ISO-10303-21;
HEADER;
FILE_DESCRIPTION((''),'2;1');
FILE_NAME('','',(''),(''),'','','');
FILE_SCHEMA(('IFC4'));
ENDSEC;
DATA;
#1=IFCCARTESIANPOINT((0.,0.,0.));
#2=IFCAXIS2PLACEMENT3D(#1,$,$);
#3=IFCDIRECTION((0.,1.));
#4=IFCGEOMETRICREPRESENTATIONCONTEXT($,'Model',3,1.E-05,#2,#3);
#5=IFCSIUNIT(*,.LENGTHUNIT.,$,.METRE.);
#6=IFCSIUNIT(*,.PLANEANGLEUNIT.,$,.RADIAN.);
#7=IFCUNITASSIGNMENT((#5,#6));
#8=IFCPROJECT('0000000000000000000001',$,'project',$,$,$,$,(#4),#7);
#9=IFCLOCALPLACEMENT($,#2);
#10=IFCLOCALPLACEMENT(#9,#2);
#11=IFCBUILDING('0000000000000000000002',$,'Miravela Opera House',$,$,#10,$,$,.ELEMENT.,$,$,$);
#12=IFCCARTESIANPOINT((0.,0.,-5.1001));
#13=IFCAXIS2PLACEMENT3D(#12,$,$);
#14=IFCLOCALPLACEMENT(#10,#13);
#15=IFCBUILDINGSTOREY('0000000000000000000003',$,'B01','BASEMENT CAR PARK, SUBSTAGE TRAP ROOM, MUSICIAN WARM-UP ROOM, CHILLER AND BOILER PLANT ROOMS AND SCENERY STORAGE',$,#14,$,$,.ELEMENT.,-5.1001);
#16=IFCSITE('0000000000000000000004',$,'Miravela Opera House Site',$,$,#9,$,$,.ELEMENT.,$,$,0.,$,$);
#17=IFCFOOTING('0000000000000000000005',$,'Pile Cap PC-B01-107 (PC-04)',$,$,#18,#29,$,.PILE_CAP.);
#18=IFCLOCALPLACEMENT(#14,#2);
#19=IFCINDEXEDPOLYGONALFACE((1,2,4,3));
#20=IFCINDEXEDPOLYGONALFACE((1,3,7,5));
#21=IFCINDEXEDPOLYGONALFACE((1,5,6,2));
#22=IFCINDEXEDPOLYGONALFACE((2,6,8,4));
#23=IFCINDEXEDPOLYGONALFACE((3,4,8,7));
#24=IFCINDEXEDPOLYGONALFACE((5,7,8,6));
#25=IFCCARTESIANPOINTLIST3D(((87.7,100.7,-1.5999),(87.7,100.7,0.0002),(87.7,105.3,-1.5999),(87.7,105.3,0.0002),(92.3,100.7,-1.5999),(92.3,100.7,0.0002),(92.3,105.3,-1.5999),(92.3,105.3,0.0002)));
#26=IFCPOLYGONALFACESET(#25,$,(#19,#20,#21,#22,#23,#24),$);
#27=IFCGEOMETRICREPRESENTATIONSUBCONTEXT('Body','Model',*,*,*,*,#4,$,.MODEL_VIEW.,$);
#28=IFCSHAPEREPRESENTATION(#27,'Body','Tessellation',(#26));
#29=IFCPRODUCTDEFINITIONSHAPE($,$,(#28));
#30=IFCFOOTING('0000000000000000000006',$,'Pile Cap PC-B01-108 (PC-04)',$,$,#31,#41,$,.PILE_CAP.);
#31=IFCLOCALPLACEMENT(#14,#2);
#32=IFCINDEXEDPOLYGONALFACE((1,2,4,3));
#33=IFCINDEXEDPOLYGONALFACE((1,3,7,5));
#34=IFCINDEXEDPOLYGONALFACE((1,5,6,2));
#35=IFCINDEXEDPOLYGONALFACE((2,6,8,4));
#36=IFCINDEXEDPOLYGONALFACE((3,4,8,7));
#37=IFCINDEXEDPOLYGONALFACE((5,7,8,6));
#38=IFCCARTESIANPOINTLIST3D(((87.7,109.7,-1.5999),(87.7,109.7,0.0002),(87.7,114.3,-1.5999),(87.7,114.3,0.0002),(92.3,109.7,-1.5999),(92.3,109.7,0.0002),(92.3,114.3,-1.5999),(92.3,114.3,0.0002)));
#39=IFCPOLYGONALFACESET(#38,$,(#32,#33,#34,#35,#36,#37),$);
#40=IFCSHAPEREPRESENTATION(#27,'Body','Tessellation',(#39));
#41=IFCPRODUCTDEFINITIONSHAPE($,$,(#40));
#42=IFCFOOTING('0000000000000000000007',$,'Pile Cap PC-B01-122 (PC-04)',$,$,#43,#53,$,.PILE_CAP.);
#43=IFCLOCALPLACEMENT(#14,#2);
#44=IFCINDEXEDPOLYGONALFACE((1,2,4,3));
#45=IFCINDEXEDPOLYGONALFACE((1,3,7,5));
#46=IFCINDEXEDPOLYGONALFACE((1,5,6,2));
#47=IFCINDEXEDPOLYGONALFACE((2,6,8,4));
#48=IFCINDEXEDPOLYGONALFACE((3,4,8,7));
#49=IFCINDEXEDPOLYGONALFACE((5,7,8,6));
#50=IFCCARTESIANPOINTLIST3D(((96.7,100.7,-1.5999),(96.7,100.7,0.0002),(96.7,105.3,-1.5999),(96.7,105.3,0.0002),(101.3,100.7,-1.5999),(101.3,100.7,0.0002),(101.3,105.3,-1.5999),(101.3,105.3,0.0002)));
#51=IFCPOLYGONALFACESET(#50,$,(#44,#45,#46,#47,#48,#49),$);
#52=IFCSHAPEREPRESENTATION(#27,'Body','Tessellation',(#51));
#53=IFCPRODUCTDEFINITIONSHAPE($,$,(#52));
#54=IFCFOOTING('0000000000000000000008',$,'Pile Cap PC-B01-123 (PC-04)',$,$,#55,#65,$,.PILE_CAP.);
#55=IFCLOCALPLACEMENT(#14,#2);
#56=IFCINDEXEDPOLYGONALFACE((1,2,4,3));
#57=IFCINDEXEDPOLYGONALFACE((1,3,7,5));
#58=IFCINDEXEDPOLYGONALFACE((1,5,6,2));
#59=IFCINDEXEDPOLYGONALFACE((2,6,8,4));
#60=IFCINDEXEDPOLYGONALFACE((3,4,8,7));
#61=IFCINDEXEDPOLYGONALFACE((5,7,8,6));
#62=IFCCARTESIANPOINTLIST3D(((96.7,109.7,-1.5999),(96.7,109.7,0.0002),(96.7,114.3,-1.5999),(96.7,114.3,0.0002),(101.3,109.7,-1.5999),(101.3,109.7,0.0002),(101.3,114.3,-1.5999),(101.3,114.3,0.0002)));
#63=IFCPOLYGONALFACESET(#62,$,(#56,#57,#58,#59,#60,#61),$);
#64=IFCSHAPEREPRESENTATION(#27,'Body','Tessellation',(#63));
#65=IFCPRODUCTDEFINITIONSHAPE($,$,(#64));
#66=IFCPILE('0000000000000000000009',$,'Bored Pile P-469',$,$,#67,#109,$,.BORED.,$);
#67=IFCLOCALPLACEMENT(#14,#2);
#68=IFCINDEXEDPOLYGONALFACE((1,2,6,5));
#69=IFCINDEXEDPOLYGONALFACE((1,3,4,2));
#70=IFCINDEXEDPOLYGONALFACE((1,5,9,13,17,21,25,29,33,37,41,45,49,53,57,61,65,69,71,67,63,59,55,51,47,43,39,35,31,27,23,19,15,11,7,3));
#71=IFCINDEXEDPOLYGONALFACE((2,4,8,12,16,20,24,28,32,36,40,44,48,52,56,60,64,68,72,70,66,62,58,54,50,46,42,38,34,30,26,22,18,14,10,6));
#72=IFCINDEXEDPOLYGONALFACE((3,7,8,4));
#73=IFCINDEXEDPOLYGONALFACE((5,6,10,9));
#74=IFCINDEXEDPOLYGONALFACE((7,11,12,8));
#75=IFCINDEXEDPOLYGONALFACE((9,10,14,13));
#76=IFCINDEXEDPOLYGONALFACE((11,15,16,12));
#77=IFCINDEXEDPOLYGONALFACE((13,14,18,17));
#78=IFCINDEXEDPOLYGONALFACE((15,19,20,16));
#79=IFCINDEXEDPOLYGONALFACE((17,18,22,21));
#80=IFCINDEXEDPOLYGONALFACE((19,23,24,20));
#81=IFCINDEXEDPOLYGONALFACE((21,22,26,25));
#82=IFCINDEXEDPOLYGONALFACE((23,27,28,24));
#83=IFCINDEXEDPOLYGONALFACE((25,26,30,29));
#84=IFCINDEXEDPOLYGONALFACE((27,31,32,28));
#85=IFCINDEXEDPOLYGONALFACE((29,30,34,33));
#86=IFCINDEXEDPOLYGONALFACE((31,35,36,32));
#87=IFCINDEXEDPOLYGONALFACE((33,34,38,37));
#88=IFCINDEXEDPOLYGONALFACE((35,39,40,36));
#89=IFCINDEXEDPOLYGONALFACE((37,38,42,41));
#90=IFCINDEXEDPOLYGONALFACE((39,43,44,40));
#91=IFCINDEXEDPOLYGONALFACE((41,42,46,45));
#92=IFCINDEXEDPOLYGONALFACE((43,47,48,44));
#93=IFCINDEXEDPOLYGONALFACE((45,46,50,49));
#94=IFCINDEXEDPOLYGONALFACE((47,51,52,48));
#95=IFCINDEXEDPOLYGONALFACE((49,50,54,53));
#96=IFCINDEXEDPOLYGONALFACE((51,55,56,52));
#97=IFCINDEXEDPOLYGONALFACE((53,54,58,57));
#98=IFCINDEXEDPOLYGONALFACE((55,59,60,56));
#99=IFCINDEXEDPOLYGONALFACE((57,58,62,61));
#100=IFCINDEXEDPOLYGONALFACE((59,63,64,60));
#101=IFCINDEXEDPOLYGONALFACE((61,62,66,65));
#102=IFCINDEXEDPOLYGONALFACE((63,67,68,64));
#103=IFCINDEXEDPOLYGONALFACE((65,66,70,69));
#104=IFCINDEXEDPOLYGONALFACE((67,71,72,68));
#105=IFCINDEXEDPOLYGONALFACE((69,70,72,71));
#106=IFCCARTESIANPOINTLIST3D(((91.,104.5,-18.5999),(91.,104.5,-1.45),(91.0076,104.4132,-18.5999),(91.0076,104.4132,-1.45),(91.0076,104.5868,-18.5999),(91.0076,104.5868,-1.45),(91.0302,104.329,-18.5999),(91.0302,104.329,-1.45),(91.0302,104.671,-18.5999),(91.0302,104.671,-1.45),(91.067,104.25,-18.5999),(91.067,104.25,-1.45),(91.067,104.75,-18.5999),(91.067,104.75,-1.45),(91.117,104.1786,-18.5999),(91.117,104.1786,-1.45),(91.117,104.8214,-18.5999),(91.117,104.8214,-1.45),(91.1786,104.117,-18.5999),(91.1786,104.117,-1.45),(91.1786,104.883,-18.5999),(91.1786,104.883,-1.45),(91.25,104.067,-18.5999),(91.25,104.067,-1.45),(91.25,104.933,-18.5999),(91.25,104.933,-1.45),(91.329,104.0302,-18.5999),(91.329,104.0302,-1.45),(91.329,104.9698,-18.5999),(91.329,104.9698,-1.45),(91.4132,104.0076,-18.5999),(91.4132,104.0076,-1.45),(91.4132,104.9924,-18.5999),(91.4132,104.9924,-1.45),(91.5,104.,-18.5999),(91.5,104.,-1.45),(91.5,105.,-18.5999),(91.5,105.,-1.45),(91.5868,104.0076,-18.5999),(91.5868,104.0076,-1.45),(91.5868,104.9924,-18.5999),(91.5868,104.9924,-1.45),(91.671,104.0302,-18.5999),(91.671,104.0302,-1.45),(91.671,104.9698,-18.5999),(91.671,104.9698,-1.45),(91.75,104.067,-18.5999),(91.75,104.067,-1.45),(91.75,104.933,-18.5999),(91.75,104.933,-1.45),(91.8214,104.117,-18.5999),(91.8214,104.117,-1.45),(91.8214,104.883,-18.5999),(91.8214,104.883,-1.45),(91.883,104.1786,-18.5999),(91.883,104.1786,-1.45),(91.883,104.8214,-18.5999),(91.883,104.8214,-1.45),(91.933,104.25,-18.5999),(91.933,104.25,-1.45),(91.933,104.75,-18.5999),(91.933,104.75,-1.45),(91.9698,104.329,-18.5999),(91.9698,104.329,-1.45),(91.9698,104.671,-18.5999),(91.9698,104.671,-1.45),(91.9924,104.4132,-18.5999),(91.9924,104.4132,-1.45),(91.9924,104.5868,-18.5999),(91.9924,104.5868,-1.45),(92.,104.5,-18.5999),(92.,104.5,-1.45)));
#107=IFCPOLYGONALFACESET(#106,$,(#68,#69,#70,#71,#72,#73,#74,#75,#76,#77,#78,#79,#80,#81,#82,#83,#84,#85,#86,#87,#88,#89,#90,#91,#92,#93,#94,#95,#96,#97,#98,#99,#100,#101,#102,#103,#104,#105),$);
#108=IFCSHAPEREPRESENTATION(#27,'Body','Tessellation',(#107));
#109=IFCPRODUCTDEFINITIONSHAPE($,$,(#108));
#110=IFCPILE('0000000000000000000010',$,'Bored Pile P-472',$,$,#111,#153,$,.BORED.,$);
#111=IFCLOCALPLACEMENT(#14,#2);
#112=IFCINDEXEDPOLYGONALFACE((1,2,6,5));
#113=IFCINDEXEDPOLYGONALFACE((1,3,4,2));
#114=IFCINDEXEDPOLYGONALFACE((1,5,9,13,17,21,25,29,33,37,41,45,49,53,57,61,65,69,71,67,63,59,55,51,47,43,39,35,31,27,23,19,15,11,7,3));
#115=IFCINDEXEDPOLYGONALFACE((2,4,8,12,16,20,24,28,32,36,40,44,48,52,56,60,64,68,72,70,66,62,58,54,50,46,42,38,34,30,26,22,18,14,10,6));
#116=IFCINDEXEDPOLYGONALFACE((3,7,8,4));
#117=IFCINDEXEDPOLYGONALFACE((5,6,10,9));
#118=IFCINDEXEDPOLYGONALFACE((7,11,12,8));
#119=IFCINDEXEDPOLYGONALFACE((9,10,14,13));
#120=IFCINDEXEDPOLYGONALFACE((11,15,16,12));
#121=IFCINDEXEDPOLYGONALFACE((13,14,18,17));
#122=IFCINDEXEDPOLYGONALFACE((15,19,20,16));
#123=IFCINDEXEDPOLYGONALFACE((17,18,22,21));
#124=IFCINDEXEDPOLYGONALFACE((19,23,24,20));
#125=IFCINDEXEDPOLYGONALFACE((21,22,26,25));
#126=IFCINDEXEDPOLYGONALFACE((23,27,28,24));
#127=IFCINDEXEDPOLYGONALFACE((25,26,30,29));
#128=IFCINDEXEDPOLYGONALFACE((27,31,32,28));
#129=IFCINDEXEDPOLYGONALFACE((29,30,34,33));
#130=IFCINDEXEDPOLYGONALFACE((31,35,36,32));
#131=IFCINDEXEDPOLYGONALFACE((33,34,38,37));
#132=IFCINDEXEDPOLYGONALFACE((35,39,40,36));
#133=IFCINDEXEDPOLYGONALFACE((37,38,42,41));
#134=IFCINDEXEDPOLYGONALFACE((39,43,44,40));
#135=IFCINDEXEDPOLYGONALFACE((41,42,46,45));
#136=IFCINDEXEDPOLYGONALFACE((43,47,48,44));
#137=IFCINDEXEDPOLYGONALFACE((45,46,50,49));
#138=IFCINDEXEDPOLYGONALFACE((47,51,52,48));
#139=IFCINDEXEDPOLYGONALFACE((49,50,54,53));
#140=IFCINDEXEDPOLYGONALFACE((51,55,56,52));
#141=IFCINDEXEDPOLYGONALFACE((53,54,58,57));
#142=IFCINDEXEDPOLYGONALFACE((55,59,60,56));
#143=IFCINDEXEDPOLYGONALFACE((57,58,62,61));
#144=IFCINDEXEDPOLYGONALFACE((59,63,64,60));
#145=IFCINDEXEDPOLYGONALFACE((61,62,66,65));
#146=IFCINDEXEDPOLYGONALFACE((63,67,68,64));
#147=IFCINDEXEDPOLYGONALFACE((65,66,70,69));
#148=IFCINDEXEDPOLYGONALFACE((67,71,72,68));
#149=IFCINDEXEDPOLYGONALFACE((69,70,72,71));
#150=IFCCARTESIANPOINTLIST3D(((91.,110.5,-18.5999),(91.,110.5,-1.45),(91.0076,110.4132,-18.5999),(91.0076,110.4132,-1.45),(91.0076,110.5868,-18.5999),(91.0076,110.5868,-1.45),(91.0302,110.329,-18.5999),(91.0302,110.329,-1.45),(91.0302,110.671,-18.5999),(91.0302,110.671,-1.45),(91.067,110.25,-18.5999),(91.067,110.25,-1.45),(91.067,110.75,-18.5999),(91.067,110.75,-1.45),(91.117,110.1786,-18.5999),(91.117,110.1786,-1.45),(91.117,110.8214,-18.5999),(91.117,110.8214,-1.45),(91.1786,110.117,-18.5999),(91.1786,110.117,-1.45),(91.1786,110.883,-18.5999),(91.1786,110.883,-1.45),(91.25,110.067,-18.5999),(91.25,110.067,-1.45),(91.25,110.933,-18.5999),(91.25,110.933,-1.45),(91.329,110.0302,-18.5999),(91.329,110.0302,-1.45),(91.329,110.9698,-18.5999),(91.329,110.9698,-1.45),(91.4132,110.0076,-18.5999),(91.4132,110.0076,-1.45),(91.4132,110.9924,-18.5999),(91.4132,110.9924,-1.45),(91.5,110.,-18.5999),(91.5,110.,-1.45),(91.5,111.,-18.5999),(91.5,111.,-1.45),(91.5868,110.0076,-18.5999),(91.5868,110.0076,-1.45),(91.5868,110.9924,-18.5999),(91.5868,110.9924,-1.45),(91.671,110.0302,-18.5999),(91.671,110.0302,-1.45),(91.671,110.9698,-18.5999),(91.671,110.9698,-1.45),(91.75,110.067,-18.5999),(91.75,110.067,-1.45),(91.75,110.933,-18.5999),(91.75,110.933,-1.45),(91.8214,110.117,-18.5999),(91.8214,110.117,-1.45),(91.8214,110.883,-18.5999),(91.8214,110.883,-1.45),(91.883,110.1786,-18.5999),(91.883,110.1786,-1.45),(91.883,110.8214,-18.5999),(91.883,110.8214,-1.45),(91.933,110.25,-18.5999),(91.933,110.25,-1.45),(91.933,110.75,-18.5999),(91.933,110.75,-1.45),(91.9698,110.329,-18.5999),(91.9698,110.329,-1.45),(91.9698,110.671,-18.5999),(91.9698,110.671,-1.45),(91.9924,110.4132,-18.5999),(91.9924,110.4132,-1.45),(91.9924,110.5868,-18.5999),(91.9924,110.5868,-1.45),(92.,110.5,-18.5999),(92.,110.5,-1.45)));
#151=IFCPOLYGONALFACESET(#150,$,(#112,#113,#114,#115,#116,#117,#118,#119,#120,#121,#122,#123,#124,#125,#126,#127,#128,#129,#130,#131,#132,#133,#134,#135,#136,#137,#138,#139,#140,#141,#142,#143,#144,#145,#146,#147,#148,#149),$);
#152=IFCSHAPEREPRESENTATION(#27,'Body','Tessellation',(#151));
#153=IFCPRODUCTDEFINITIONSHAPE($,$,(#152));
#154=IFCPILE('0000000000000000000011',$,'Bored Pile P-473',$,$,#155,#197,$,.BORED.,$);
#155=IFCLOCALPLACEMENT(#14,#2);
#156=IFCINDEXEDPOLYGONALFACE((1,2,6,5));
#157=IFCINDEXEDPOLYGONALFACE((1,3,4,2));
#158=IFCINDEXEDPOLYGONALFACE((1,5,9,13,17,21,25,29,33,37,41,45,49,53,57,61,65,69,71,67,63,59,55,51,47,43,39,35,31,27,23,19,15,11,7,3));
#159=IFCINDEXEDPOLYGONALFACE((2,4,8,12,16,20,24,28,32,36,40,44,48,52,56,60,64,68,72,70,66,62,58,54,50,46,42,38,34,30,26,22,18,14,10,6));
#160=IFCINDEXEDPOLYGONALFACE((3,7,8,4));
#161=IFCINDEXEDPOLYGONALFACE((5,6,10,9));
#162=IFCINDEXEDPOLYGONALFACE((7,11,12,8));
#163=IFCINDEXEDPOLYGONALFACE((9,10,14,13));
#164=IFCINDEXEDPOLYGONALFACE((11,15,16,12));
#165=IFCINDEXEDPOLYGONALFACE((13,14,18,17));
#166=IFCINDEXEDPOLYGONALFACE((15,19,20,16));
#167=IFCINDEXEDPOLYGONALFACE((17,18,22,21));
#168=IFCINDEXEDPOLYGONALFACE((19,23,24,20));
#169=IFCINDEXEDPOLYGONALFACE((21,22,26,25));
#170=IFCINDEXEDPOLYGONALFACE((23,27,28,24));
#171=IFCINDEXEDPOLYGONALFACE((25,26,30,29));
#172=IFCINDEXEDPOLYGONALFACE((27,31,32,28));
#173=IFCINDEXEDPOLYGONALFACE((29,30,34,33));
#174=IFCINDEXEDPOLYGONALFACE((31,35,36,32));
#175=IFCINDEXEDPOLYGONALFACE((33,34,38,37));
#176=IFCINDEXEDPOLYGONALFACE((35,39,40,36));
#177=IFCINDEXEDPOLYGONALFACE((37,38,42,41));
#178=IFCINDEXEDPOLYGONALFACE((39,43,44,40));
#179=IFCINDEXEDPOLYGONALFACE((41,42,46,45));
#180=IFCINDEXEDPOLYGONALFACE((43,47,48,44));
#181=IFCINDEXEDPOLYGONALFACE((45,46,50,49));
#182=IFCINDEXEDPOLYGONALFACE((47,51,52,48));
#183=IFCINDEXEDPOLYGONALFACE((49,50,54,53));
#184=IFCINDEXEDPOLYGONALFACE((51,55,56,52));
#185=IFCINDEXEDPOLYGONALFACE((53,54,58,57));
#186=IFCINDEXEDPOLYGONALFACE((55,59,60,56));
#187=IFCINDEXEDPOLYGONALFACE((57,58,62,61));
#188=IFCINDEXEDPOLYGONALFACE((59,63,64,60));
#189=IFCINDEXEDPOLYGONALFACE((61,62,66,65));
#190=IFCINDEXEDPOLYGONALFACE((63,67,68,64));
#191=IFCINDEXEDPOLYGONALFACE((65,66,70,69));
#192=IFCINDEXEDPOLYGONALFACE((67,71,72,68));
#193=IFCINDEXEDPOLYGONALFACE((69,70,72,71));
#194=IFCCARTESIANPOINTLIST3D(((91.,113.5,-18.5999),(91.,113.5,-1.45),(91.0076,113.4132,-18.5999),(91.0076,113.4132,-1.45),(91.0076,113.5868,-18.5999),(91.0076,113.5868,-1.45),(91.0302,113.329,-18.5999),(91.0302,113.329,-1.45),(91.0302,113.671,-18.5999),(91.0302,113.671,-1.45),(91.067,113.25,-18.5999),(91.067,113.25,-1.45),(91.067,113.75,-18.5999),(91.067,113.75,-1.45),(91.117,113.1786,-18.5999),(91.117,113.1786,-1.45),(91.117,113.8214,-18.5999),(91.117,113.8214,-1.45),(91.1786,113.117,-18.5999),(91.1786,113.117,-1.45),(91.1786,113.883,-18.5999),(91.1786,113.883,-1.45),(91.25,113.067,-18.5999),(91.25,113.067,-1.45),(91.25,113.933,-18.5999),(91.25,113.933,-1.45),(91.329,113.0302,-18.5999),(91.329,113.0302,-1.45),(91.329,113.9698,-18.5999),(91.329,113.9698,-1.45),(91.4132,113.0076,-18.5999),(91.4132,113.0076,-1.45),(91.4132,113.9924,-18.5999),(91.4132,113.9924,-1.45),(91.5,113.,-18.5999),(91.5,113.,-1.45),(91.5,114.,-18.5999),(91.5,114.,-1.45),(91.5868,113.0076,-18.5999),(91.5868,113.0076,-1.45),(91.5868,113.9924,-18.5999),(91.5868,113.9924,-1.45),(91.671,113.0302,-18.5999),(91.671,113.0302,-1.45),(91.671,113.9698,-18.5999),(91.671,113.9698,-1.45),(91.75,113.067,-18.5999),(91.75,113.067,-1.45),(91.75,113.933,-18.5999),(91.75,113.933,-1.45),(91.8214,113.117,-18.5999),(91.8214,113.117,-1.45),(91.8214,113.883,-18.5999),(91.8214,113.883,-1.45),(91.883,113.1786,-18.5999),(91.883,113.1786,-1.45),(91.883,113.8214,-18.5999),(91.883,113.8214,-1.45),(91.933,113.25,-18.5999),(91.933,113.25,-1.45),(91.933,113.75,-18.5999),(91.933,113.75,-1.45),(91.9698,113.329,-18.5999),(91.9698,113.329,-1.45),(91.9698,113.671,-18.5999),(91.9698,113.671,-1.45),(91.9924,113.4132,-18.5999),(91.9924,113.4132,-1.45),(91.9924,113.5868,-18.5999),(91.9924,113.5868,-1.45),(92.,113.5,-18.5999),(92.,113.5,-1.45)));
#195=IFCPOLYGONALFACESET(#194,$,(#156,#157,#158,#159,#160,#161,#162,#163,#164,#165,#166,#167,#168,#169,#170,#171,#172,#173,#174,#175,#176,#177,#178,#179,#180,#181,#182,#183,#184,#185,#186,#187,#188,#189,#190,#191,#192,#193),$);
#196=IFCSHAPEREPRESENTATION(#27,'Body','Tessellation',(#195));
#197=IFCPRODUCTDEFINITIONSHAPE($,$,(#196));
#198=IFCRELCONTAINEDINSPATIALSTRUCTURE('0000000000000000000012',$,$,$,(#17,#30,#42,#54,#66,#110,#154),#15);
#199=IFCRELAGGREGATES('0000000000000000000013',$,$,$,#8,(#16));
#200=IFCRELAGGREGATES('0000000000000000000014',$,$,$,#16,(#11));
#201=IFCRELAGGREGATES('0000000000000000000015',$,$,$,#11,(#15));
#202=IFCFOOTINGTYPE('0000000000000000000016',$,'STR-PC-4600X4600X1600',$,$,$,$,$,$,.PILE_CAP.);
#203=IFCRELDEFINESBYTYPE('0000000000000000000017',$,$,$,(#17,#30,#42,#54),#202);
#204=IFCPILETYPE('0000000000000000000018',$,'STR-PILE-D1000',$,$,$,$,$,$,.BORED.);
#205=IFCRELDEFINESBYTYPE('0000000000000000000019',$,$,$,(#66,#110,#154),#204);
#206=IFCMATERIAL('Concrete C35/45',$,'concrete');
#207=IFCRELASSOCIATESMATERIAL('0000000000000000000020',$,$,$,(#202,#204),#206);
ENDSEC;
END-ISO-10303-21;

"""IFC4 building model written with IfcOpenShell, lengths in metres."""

from ifc_helpers import new_model, si_unit, direction, frame, origin, origin_2d, place, context, subcontext, project, spatial, rectangle, circle, extrude, material, material_profile, profile_set, type_object, element, save


model = new_model("IFC4")

# Units and contexts
model_context = context("Model", 3, precision=1e-05, world=origin(), true_north=direction((0.0, 1.0)))
body_context = subcontext(model_context, "Body", "Model", "MODEL_VIEW")
ifc_project = project(units=[si_unit("LENGTHUNIT", "METRE"), si_unit("PLANEANGLEUNIT", "RADIAN")], contexts=[model_context])

# Site, building, storey
site_placement = place(None, origin())
site = spatial("IfcSite", under=ifc_project, at=site_placement, Name="Miravela Opera House Site", CompositionType="ELEMENT", RefElevation=0.0)
building_placement = place(site_placement, origin())
building = spatial("IfcBuilding", under=site, at=building_placement, Name="Miravela Opera House", CompositionType="ELEMENT")
storey_placement = place(building_placement, frame((0.0, 0.0, -5.1001)))
storey = spatial("IfcBuildingStorey", under=building, at=storey_placement, Name="B01", Description="BASEMENT CAR PARK, SUBSTAGE TRAP ROOM, MUSICIAN WARM-UP ROOM, CHILLER AND BOILER PLANT ROOMS AND SCENERY STORAGE", CompositionType="ELEMENT", Elevation=-5.1001)

# Footings
ifc_material_1 = material(Name="Concrete C35/45", Category="concrete")
footing_type = type_object("IfcFootingType", Name="STR-PC-4600X4600X1600", PredefinedType="PILE_CAP", material=ifc_material_1)
for number, where, z_axis, x_axis, name in (
    (1, (90.0, 103.0, -1.5999), (0.0, 0.0, 1.0), (1.0, 0.0, 0.0), "Pile Cap PC-B01-107 (PC-04)"),
    (2, (90.0, 112.0, -1.5999), (0.0, 0.0, 1.0), (1.0, 0.0, 0.0), "Pile Cap PC-B01-108 (PC-04)"),
    (3, (99.0, 103.0, -1.5999), (0.0, 0.0, 1.0), (1.0, 0.0, 0.0), "Pile Cap PC-B01-122 (PC-04)"),
    (4, (99.0, 112.0, -1.5999), (0.0, 0.0, 1.0), (1.0, 0.0, 0.0), "Pile Cap PC-B01-123 (PC-04)"),
):
    element("IfcFooting", number, at=place(storey_placement, frame(where, z_axis=z_axis, x_axis=x_axis)), inside=storey, type_object=footing_type, Name=name, PredefinedType="PILE_CAP", context=body_context, shape_type="SweptSolid", body=[
        extrude(rectangle(XDim=4.6001, YDim=4.6001, at=origin_2d()), origin(), (0.0, 0.0, 1.0), 1.6001),
    ])

# Piles
ifc_material_profile_1 = material_profile(ifc_material_1, circle(Radius=0.5, at=origin_2d()), Name="PILE-D1000")
ifc_profile_set_1 = profile_set([ifc_material_profile_1])
pile_type = type_object("IfcPileType", Name="STR-PILE-D1000", PredefinedType="BORED", material=ifc_profile_set_1)
for number, where, z_axis, x_axis, name in (
    (5, (91.5, 104.5, -1.45), (0.0, 0.0, -1.0), (1.0, 0.0, 0.0), "Bored Pile P-469"),
    (6, (91.5, 110.5, -1.45), (0.0, 0.0, -1.0), (1.0, 0.0, 0.0), "Bored Pile P-472"),
    (7, (91.5, 113.5, -1.45), (0.0, 0.0, -1.0), (1.0, 0.0, 0.0), "Bored Pile P-473"),
):
    element("IfcPile", number, at=place(storey_placement, frame(where, z_axis=z_axis, x_axis=x_axis)), inside=storey, type_object=pile_type, Name=name, PredefinedType="BORED", context=body_context, shape_type="SweptSolid", body=[
        extrude(circle(Radius=0.5, at=origin_2d()), origin(), (0.0, 0.0, 1.0), 17.1499),
    ])

save(model, "model.ifc")
